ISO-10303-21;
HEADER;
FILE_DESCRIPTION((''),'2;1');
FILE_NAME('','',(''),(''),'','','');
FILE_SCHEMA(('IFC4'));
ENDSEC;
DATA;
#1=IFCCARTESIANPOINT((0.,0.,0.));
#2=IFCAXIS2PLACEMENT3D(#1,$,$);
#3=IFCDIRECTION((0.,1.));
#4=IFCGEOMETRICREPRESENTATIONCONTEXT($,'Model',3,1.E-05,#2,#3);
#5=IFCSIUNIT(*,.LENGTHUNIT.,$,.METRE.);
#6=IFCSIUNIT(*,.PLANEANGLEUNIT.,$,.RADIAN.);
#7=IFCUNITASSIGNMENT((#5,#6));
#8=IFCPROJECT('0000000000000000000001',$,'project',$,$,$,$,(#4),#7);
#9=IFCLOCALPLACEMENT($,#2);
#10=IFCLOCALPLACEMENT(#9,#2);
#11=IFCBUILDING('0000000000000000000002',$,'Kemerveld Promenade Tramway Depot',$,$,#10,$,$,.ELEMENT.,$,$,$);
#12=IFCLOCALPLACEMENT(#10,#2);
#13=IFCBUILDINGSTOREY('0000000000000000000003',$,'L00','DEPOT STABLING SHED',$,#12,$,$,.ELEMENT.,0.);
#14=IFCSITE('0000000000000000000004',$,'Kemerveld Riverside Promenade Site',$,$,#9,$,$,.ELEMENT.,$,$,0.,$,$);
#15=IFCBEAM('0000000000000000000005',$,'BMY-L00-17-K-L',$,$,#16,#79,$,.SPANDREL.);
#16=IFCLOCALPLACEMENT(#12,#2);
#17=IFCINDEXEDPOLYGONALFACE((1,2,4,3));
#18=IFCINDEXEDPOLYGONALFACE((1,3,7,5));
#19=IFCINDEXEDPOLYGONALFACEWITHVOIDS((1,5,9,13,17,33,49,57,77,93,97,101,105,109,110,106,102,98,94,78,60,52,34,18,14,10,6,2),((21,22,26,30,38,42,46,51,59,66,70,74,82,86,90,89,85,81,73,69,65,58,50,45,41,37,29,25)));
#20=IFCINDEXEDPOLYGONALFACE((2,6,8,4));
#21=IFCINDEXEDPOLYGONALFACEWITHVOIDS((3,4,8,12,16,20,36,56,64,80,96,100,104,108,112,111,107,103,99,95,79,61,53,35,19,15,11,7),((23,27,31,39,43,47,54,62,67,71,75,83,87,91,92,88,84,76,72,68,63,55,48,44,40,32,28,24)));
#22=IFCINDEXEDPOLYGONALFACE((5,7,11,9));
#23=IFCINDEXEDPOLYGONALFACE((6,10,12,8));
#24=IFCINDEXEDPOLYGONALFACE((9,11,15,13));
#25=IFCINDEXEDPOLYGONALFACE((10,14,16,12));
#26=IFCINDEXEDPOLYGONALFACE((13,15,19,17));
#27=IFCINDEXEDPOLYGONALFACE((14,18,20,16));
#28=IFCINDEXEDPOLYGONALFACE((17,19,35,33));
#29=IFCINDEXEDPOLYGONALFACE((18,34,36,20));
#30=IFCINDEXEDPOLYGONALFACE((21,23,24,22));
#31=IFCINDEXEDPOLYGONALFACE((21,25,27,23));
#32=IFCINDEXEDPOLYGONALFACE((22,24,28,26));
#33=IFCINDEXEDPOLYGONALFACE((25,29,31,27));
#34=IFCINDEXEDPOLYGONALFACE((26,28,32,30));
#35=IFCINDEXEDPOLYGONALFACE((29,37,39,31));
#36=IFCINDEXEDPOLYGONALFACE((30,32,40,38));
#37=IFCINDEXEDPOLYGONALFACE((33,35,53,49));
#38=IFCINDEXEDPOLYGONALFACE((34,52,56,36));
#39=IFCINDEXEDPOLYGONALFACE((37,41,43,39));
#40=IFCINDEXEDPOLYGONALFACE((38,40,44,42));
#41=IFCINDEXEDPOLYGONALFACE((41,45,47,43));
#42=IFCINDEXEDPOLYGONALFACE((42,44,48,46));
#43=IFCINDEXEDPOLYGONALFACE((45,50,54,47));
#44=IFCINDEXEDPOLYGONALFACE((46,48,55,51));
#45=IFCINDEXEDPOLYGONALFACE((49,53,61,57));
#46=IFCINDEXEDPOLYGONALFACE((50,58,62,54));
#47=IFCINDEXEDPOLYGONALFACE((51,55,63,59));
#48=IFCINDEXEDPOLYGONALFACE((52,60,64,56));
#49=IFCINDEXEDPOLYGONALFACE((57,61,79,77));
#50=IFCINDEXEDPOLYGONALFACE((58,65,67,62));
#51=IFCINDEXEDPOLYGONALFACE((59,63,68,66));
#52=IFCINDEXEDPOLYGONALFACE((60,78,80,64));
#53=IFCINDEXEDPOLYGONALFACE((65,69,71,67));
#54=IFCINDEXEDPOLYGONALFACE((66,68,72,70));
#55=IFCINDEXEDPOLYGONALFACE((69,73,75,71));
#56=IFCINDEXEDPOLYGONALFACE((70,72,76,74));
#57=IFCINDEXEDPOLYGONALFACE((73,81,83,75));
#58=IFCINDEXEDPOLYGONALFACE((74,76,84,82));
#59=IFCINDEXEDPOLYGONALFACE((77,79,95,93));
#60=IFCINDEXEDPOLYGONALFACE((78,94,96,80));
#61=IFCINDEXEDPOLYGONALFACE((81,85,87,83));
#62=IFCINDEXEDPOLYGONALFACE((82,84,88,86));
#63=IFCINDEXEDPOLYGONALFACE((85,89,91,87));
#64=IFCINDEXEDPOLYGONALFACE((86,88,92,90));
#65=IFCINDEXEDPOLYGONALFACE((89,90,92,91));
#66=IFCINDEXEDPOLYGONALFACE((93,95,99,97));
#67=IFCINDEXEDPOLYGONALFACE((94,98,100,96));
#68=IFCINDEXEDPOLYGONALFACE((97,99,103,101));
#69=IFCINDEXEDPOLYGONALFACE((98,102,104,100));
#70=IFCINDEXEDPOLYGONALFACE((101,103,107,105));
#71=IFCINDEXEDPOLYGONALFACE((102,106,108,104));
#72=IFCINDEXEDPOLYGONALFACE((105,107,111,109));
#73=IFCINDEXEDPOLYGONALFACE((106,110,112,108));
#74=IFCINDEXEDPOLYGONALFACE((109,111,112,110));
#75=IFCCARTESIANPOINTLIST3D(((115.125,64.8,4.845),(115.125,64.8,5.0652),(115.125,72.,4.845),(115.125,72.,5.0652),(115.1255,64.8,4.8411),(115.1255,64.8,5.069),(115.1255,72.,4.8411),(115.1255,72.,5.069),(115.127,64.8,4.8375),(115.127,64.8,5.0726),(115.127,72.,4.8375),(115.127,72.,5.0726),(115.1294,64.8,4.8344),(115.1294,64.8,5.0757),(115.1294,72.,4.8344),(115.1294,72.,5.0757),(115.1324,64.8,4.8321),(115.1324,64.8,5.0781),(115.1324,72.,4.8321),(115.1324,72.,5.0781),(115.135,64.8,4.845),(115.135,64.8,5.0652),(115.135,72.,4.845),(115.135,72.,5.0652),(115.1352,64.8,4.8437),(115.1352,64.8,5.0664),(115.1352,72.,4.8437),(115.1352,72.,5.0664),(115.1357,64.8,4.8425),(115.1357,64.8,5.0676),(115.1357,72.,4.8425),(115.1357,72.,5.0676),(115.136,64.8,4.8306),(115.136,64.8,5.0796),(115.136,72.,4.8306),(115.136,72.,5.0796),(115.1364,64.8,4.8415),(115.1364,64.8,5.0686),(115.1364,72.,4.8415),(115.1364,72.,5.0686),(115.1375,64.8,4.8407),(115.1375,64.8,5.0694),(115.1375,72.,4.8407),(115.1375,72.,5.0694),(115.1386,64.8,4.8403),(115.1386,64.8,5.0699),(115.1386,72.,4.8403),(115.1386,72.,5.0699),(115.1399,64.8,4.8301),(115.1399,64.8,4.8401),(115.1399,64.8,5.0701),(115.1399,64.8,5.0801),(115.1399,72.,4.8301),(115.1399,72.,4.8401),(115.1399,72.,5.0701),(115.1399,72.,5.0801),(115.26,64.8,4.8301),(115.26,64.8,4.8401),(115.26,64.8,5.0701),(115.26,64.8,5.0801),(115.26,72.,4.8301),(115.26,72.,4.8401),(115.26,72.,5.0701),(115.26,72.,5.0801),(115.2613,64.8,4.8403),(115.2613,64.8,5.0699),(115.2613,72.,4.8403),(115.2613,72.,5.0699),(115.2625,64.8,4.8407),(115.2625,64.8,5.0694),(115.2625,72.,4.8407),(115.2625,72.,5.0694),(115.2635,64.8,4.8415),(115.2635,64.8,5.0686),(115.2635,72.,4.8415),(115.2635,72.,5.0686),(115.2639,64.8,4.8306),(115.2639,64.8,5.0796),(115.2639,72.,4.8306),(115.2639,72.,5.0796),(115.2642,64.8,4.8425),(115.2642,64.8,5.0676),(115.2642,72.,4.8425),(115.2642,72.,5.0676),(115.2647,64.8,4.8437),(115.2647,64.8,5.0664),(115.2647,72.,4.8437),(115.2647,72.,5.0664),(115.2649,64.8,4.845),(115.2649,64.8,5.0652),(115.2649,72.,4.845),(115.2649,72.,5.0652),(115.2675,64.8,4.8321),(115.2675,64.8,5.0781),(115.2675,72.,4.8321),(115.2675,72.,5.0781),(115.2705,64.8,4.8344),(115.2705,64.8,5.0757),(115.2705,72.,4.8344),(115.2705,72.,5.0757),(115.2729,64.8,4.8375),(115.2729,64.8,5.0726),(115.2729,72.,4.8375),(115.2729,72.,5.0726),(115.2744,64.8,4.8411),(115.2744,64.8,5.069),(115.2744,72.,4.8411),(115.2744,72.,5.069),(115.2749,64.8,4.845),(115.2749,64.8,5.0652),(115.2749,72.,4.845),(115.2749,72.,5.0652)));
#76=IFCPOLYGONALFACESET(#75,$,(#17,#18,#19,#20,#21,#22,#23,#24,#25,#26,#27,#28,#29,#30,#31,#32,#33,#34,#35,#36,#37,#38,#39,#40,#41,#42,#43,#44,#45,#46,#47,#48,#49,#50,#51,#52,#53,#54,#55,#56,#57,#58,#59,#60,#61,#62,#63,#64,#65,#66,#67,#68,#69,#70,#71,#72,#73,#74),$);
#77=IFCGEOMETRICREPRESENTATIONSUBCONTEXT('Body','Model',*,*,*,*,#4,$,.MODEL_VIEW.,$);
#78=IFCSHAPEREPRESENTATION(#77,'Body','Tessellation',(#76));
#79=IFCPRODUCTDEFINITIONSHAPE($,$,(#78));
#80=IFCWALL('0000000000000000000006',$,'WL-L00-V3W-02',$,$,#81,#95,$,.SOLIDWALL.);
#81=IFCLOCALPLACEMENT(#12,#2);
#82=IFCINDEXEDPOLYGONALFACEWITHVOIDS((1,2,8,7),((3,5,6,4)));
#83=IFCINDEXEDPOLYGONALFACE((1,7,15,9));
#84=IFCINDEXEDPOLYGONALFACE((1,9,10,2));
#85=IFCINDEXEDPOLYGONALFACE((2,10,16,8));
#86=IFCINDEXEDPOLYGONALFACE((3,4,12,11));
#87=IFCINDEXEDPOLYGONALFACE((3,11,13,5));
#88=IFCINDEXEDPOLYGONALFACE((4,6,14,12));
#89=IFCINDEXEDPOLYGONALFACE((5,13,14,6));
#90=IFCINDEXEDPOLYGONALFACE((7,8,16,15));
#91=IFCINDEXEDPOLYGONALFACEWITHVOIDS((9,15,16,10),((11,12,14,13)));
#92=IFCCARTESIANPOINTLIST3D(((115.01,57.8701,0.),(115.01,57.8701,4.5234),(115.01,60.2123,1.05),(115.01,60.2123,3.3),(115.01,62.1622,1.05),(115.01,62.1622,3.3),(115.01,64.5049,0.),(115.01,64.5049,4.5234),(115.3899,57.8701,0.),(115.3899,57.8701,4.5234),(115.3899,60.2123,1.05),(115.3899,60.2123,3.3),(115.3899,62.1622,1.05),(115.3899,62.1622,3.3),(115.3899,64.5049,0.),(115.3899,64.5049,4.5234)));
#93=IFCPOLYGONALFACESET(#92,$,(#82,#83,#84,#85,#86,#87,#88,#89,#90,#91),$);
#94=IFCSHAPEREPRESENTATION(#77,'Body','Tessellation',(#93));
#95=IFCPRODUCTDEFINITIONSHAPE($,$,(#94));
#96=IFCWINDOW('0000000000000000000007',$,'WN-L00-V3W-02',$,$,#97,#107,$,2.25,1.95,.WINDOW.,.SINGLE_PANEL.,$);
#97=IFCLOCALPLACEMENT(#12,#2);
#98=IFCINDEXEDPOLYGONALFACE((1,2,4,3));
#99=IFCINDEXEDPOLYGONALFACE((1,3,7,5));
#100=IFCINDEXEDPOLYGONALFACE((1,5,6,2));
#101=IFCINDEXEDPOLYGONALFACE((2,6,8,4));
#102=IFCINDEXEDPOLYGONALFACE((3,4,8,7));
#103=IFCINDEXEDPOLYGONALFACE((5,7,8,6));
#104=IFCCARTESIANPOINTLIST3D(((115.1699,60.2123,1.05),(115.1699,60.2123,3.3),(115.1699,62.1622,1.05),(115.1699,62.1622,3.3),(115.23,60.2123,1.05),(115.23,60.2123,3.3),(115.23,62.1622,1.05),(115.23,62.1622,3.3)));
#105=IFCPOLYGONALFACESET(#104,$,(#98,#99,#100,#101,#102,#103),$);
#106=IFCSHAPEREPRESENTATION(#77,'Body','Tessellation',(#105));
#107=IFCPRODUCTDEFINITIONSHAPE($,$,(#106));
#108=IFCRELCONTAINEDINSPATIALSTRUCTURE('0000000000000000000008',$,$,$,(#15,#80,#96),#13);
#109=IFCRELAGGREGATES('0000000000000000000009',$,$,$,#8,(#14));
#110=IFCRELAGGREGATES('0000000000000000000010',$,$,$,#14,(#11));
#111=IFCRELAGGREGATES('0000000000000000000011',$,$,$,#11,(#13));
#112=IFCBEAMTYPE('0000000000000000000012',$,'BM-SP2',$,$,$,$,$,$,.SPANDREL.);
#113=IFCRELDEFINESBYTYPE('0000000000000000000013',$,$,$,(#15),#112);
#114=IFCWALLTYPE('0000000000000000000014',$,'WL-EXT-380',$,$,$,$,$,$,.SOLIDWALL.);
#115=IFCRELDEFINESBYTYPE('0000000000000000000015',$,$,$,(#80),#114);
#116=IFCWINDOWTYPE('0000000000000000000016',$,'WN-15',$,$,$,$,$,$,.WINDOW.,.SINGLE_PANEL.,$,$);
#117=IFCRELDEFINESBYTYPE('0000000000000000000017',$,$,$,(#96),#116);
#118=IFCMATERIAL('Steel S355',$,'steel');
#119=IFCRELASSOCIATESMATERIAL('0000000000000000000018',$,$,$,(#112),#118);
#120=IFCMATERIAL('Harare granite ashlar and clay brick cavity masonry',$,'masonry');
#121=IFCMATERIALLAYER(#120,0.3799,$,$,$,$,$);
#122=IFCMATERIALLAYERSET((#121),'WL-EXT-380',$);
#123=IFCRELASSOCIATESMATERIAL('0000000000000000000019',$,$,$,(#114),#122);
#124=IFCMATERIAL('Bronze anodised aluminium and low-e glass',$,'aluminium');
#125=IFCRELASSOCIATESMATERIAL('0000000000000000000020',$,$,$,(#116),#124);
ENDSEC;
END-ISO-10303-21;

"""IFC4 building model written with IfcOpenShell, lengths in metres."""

from ifc_helpers import new_model, si_unit, direction, frame, frame_2d, origin, origin_2d, place, context, subcontext, project, spatial, rectangle, hollow_rectangle, extrude, material, layer, layer_set, material_profile, profile_set, type_object, element, fill, save


model = new_model("IFC4")

# Units and contexts
model_context = context("Model", 3, precision=1e-05, world=origin(), true_north=direction((0.0, 1.0)))
body_context = subcontext(model_context, "Body", "Model", "MODEL_VIEW")
ifc_project = project(units=[si_unit("LENGTHUNIT", "METRE"), si_unit("PLANEANGLEUNIT", "RADIAN")], contexts=[model_context])

# Site, building, storey
site_placement = place(None, origin())
site = spatial("IfcSite", under=ifc_project, at=site_placement, Name="Kemerveld Riverside Promenade Site", CompositionType="ELEMENT", RefElevation=0.0)
building_placement = place(site_placement, origin())
building = spatial("IfcBuilding", under=site, at=building_placement, Name="Kemerveld Promenade Tramway Depot", CompositionType="ELEMENT")
storey_placement = place(building_placement, origin())
storey = spatial("IfcBuildingStorey", under=building, at=storey_placement, Name="L00", Description="DEPOT STABLING SHED", CompositionType="ELEMENT", Elevation=0.0)

# Beam
ifc_material_1 = material(Name="Steel S355", Category="steel")
ifc_material_profile_1 = material_profile(ifc_material_1, hollow_rectangle(XDim=0.1499, YDim=0.25, WallThickness=0.01, InnerFilletRadius=0.0049, OuterFilletRadius=0.0149, at=origin_2d()), Name="250x150x10.0 RHS")
ifc_profile_set_1 = profile_set([ifc_material_profile_1], Name="Steel S355")
beam_type_1 = type_object("IfcBeamType", Name="BM-SP2", PredefinedType="SPANDREL", material=ifc_profile_set_1)
beam_1_placement = place(storey_placement, frame((115.2, 64.8, 4.9551), z_axis=(0.0, 1.0, 0.0), x_axis=(-1.0, 0.0, 0.0)))
element("IfcBeam", 1, at=beam_1_placement, inside=storey, type_object=beam_type_1, Name="BMY-L00-17-K-L", PredefinedType="SPANDREL", context=body_context, shape_type="SweptSolid", body=[
    extrude(hollow_rectangle(XDim=0.1499, YDim=0.25, WallThickness=0.01, InnerFilletRadius=0.0049, OuterFilletRadius=0.0149, at=origin_2d()), origin(), (0.0, 0.0, 1.0), 7.2),
])

# Wall, opening, window
ifc_material_2 = material(Name="Harare granite ashlar and clay brick cavity masonry", Category="masonry")
ifc_layer = layer(ifc_material_2, 0.3799)
ifc_layer_set = layer_set([ifc_layer], Name="WL-EXT-380")
wall_type = type_object("IfcWallType", Name="WL-EXT-380", PredefinedType="SOLIDWALL", material=ifc_layer_set)
wall_placement = place(storey_placement, frame((115.2, 57.8701, 0.0), z_axis=(0.0, 0.0, 1.0), x_axis=(0.0, 1.0, 0.0)))
wall = element("IfcWall", 2, at=wall_placement, inside=storey, type_object=wall_type, Name="WL-L00-V3W-02", PredefinedType="SOLIDWALL", context=body_context, shape_type="SweptSolid", body=[
    extrude(rectangle(XDim=6.6348, YDim=0.3799, at=frame_2d((3.3174, 0.0))), origin(), (0.0, 0.0, 1.0), 4.5234),
])
opening_placement = place(wall_placement, frame((2.342, 0.0, 1.05)))
opening = element("IfcOpeningElement", 3, at=opening_placement, cuts=wall, PredefinedType="OPENING", context=body_context, shape_type="SweptSolid", body=[
    extrude(rectangle(XDim=1.95, YDim=2.25, at=frame_2d((0.9751, 1.125))), frame((0.0, 0.2, 0.0), z_axis=(0.0, -1.0, 0.0), x_axis=(1.0, 0.0, 0.0)), (0.0, 0.0, 1.0), 0.3999),
])
ifc_material_3 = material(Name="Bronze anodised aluminium and low-e glass", Category="aluminium")
window_type = type_object("IfcWindowType", Name="WN-15", PartitioningType="SINGLE_PANEL", PredefinedType="WINDOW", material=ifc_material_3)
window_placement = place(opening_placement, origin())
window = element("IfcWindow", 4, at=window_placement, inside=storey, type_object=window_type, Name="WN-L00-V3W-02", OverallHeight=2.25, OverallWidth=1.95, PartitioningType="SINGLE_PANEL", PredefinedType="WINDOW", context=body_context, shape_type="SweptSolid", body=[
    extrude(rectangle(XDim=1.95, YDim=2.25, at=frame_2d((0.9751, 1.125))), frame((0.0, 0.03, 0.0), z_axis=(0.0, -1.0, 0.0), x_axis=(1.0, 0.0, 0.0)), (0.0, 0.0, 1.0), 0.0601),
])
fill(opening, window)

save(model, "model.ifc")
